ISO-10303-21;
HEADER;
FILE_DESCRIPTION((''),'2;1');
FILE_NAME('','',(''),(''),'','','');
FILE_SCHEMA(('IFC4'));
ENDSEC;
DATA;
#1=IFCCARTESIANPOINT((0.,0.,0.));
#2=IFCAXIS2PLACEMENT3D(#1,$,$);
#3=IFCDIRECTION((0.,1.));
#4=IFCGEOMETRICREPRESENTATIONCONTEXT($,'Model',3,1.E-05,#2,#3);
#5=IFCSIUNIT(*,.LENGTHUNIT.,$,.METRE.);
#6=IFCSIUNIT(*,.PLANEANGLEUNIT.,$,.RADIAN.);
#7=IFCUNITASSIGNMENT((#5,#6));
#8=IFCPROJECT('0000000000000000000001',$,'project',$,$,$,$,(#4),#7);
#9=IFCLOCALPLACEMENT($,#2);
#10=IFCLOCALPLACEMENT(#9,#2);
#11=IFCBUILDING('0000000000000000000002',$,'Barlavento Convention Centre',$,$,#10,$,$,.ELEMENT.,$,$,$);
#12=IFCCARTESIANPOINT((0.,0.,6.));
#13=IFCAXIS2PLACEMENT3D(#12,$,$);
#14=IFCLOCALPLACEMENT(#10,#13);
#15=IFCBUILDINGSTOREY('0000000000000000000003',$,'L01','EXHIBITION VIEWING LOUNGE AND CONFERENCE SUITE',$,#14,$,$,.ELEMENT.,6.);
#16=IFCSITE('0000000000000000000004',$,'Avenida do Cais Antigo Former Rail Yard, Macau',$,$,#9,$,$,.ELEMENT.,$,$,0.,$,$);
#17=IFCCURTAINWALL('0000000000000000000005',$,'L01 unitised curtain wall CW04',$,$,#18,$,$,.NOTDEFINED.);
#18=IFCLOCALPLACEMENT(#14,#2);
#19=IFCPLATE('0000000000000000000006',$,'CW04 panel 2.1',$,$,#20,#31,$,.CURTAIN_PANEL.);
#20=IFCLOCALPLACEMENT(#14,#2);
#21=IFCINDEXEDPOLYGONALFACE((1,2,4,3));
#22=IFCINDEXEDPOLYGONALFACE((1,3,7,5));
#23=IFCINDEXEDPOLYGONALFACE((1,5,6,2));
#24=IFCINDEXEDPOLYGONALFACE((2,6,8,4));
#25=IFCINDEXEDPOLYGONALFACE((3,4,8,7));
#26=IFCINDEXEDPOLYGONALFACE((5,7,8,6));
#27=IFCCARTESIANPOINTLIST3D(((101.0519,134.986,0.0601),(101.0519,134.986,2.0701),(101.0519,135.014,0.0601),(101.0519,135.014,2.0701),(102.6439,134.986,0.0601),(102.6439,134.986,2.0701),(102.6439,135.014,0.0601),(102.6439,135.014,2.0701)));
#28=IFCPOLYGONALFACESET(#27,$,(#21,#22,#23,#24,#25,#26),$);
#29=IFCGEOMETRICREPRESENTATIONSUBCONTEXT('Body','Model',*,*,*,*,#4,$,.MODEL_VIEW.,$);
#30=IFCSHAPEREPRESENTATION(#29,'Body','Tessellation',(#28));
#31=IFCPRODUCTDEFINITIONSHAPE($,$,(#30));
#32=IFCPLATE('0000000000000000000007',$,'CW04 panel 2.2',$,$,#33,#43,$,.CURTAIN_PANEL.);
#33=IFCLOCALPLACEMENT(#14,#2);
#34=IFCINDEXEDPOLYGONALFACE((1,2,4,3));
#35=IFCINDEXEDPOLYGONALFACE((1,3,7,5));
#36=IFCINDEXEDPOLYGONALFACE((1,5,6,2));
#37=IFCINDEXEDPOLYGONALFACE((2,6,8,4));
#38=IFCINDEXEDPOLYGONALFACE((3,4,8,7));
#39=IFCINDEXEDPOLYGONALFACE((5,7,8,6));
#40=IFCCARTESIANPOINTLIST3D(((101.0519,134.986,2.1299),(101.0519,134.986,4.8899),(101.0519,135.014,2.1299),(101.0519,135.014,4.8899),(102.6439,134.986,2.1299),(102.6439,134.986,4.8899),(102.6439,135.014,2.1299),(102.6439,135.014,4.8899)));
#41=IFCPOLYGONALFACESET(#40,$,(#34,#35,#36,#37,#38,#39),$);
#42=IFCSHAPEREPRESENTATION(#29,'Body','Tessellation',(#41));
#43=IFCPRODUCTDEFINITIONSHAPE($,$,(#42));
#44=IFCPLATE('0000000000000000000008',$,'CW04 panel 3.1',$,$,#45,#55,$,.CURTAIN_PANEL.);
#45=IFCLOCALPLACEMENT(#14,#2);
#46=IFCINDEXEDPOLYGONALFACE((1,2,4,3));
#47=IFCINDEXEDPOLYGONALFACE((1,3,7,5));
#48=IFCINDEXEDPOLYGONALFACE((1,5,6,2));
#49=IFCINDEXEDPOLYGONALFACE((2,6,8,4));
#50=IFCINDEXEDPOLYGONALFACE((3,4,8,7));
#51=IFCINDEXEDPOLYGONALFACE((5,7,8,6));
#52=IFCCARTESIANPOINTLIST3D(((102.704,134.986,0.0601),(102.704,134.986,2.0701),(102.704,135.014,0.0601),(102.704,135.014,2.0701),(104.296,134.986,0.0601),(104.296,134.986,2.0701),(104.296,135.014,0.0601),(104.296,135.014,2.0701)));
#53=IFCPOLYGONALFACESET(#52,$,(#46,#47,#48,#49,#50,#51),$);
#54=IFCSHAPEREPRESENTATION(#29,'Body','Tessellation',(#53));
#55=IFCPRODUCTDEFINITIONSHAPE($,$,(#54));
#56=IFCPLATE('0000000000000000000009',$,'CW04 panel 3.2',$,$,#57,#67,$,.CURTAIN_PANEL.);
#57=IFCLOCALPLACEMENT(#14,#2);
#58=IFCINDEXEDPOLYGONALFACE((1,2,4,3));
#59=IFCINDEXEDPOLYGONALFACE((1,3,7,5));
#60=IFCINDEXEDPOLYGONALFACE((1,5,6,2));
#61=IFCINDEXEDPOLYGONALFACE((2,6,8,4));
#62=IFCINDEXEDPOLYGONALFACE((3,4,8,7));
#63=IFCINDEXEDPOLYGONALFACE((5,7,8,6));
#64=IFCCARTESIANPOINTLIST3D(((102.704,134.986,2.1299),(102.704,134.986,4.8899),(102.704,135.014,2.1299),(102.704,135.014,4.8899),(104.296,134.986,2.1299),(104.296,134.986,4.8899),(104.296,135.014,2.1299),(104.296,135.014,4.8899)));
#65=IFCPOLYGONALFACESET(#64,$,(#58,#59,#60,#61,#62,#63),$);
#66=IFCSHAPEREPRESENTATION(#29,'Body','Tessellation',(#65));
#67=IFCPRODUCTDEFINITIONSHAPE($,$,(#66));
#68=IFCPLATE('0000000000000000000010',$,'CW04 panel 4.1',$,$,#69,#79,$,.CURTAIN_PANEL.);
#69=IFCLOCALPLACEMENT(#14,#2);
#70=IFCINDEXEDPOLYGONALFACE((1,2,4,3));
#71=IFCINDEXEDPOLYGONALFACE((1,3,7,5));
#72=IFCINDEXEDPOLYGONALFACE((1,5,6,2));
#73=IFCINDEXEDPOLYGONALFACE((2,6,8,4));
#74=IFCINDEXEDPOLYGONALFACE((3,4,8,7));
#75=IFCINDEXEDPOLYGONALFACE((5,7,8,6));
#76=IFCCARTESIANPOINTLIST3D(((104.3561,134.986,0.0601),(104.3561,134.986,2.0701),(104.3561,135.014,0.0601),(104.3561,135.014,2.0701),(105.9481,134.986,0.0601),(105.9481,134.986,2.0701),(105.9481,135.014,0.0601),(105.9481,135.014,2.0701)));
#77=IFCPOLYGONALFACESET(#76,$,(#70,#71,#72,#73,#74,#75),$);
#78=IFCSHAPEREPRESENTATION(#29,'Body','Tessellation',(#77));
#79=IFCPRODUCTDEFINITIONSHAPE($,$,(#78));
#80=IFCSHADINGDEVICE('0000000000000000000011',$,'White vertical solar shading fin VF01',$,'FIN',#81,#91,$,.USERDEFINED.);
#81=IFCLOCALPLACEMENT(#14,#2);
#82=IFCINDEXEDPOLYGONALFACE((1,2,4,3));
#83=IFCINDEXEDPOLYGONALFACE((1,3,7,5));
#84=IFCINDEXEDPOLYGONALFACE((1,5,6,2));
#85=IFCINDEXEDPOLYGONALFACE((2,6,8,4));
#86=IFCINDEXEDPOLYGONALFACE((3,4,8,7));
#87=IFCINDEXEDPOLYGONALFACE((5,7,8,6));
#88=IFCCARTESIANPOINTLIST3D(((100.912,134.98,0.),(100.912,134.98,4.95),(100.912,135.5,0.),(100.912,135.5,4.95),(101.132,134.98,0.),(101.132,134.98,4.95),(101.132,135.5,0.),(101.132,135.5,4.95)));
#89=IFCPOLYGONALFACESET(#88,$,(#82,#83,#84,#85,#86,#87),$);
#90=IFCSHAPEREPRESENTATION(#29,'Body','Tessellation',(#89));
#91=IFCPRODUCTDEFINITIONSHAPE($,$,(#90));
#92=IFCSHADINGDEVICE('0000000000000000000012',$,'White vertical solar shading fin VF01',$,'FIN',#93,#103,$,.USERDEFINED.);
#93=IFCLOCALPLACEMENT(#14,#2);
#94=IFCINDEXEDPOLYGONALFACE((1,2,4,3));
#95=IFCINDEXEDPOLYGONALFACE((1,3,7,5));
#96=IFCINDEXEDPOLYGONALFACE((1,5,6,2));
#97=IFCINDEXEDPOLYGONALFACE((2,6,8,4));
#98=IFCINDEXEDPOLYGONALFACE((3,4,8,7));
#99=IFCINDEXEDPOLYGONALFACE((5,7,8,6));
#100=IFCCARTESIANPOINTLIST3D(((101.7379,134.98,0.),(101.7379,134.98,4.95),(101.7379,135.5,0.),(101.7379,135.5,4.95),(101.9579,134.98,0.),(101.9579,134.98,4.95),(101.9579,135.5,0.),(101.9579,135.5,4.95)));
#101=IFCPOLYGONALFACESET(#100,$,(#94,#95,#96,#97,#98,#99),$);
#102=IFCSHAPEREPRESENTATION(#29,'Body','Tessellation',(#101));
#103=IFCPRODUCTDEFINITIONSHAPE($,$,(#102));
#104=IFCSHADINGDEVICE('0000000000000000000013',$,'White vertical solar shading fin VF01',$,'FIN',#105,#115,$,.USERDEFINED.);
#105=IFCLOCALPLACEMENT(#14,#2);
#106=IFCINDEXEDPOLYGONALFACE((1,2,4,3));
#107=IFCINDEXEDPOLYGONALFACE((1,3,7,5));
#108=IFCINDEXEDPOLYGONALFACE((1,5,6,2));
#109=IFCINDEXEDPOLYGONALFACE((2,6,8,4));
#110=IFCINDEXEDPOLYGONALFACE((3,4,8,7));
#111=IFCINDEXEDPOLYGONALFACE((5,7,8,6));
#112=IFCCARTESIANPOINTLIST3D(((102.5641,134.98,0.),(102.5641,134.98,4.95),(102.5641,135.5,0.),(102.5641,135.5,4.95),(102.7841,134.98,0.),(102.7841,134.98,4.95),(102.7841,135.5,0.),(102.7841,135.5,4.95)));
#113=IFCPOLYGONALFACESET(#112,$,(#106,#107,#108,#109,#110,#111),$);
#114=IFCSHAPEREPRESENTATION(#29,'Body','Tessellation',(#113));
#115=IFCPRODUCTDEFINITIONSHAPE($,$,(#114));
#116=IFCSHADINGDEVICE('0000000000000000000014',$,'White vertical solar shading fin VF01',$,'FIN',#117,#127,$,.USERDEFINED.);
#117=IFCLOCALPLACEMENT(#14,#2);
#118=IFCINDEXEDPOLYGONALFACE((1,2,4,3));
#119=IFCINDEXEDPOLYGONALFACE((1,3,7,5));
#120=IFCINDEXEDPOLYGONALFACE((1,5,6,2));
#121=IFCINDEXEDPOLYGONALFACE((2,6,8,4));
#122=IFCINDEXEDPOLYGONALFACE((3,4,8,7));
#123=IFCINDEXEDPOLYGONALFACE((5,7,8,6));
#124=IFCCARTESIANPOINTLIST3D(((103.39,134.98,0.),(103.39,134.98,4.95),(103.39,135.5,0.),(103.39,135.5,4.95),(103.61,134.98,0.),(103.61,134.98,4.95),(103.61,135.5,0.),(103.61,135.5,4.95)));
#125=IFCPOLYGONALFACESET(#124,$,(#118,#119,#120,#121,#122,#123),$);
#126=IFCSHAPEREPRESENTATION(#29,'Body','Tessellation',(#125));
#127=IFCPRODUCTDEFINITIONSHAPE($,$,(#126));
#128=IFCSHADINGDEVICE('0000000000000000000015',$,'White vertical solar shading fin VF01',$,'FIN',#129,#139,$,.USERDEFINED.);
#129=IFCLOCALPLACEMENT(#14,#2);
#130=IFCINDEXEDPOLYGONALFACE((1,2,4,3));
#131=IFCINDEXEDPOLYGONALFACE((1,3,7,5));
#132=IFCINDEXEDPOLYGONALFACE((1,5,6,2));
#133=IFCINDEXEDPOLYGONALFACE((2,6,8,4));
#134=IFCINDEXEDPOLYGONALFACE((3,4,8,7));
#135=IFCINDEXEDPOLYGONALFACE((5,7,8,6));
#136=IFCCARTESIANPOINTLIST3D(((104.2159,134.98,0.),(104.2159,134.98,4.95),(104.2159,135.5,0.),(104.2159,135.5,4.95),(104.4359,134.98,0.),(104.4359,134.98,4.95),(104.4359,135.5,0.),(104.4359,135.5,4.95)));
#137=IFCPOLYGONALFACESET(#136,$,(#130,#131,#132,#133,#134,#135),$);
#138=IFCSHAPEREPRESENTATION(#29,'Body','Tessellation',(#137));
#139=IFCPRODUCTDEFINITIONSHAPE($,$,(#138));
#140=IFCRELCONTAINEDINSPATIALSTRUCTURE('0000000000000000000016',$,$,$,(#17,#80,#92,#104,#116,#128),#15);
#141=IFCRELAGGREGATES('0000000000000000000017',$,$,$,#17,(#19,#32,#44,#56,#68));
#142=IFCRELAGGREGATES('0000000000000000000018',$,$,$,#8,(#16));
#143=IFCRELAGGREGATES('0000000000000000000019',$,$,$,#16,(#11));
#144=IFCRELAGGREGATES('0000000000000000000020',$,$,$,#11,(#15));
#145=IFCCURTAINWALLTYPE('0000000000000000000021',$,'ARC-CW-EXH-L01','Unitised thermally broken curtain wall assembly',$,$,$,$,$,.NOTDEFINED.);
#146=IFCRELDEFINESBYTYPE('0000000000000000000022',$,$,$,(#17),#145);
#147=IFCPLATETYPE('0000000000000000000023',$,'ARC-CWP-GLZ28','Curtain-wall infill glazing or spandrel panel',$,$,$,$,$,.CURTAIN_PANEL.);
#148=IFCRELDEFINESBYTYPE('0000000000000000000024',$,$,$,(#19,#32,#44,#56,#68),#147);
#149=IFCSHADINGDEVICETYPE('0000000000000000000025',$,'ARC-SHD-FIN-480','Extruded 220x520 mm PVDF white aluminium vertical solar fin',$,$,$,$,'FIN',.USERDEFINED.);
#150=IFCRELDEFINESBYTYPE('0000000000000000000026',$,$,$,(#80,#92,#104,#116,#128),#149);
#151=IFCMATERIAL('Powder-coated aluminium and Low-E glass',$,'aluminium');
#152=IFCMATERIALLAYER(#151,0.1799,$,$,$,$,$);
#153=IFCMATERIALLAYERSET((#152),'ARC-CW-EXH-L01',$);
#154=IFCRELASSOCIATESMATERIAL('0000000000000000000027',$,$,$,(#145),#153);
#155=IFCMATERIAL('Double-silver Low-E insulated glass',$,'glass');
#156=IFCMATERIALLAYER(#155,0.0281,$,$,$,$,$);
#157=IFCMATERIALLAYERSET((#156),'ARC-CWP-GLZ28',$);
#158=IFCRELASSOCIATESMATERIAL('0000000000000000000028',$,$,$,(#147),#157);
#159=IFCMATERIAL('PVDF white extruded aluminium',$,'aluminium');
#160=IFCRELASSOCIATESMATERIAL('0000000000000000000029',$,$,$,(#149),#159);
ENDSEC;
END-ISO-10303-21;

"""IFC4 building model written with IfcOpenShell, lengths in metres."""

from ifc_helpers import new_model, si_unit, direction, frame, origin, origin_2d, place, context, subcontext, project, spatial, rectangle, extrude, material, layer, layer_set, type_object, element, aggregate, save


model = new_model("IFC4")

# Units and contexts
model_context = context("Model", 3, precision=1e-05, world=origin(), true_north=direction((0.0, 1.0)))
body_context = subcontext(model_context, "Body", "Model", "MODEL_VIEW")
ifc_project = project(units=[si_unit("LENGTHUNIT", "METRE"), si_unit("PLANEANGLEUNIT", "RADIAN")], contexts=[model_context])

# Site, building, storey
site_placement = place(None, origin())
site = spatial("IfcSite", under=ifc_project, at=site_placement, Name="Avenida do Cais Antigo Former Rail Yard, Macau", CompositionType="ELEMENT", RefElevation=0.0)
building_placement = place(site_placement, origin())
building = spatial("IfcBuilding", under=site, at=building_placement, Name="Barlavento Convention Centre", CompositionType="ELEMENT")
storey_placement = place(building_placement, frame((0.0, 0.0, 6.0)))
storey = spatial("IfcBuildingStorey", under=building, at=storey_placement, Name="L01", Description="EXHIBITION VIEWING LOUNGE AND CONFERENCE SUITE", CompositionType="ELEMENT", Elevation=6.0)

# Curtain wall, plates
ifc_material_1 = material(Name="Powder-coated aluminium and Low-E glass", Category="aluminium")
ifc_layer_1 = layer(ifc_material_1, 0.1799)
ifc_layer_set_1 = layer_set([ifc_layer_1], Name="ARC-CW-EXH-L01")
curtain_wall_type = type_object("IfcCurtainWallType", Name="ARC-CW-EXH-L01", Description="Unitised thermally broken curtain wall assembly", PredefinedType="NOTDEFINED", material=ifc_layer_set_1)
curtain_wall_placement = place(storey_placement, origin())
curtain_wall = element("IfcCurtainWall", 1, at=curtain_wall_placement, inside=storey, type_object=curtain_wall_type, Name="L01 unitised curtain wall CW04", PredefinedType="NOTDEFINED")
ifc_material_2 = material(Name="Double-silver Low-E insulated glass", Category="glass")
ifc_layer_2 = layer(ifc_material_2, 0.0281)
ifc_layer_set_2 = layer_set([ifc_layer_2], Name="ARC-CWP-GLZ28")
plate_type = type_object("IfcPlateType", Name="ARC-CWP-GLZ28", Description="Curtain-wall infill glazing or spandrel panel", PredefinedType="CURTAIN_PANEL", material=ifc_layer_set_2)
plate_1_placement = place(storey_placement, frame((101.8479, 135.0, 0.0601), z_axis=(0.0, 0.0, 1.0), x_axis=(1.0, 0.0, 0.0)))
plate_1 = element("IfcPlate", 2, at=plate_1_placement, type_object=plate_type, Name="CW04 panel 2.1", PredefinedType="CURTAIN_PANEL", context=body_context, shape_type="SweptSolid", body=[
    extrude(rectangle(XDim=1.592, YDim=0.0281, at=origin_2d()), origin(), (0.0, 0.0, 1.0), 2.01),
])
plate_2_placement = place(storey_placement, frame((101.8479, 135.0, 2.1299), z_axis=(0.0, 0.0, 1.0), x_axis=(1.0, 0.0, 0.0)))
plate_2 = element("IfcPlate", 3, at=plate_2_placement, type_object=plate_type, Name="CW04 panel 2.2", PredefinedType="CURTAIN_PANEL", context=body_context, shape_type="SweptSolid", body=[
    extrude(rectangle(XDim=1.592, YDim=0.0281, at=origin_2d()), origin(), (0.0, 0.0, 1.0), 2.76),
])
plate_3_placement = place(storey_placement, frame((103.5, 135.0, 0.0601), z_axis=(0.0, 0.0, 1.0), x_axis=(1.0, 0.0, 0.0)))
plate_3 = element("IfcPlate", 4, at=plate_3_placement, type_object=plate_type, Name="CW04 panel 3.1", PredefinedType="CURTAIN_PANEL", context=body_context, shape_type="SweptSolid", body=[
    extrude(rectangle(XDim=1.592, YDim=0.0281, at=origin_2d()), origin(), (0.0, 0.0, 1.0), 2.01),
])
plate_4_placement = place(storey_placement, frame((103.5, 135.0, 2.1299), z_axis=(0.0, 0.0, 1.0), x_axis=(1.0, 0.0, 0.0)))
plate_4 = element("IfcPlate", 5, at=plate_4_placement, type_object=plate_type, Name="CW04 panel 3.2", PredefinedType="CURTAIN_PANEL", context=body_context, shape_type="SweptSolid", body=[
    extrude(rectangle(XDim=1.592, YDim=0.0281, at=origin_2d()), origin(), (0.0, 0.0, 1.0), 2.76),
])
plate_5_placement = place(storey_placement, frame((105.1521, 135.0, 0.0601), z_axis=(0.0, 0.0, 1.0), x_axis=(1.0, 0.0, 0.0)))
plate_5 = element("IfcPlate", 6, at=plate_5_placement, type_object=plate_type, Name="CW04 panel 4.1", PredefinedType="CURTAIN_PANEL", context=body_context, shape_type="SweptSolid", body=[
    extrude(rectangle(XDim=1.592, YDim=0.0281, at=origin_2d()), origin(), (0.0, 0.0, 1.0), 2.01),
])
aggregate(curtain_wall, [plate_1, plate_2, plate_3, plate_4, plate_5])

# Shading devices
ifc_material_3 = material(Name="PVDF white extruded aluminium", Category="aluminium")
shading_device_type = type_object("IfcShadingDeviceType", Name="ARC-SHD-FIN-480", Description="Extruded 220x520 mm PVDF white aluminium vertical solar fin", ElementType="FIN", PredefinedType="USERDEFINED", material=ifc_material_3)
for number, where, z_axis, x_axis, name in (
    (7, (101.022, 135.24, 0.0), (0.0, 0.0, 1.0), (1.0, 0.0, 0.0), "White vertical solar shading fin VF01"),
    (8, (101.8479, 135.24, 0.0), (0.0, 0.0, 1.0), (1.0, 0.0, 0.0), "White vertical solar shading fin VF01"),
    (9, (102.6741, 135.24, 0.0), (0.0, 0.0, 1.0), (1.0, 0.0, 0.0), "White vertical solar shading fin VF01"),
    (10, (103.5, 135.24, 0.0), (0.0, 0.0, 1.0), (1.0, 0.0, 0.0), "White vertical solar shading fin VF01"),
    (11, (104.3259, 135.24, 0.0), (0.0, 0.0, 1.0), (1.0, 0.0, 0.0), "White vertical solar shading fin VF01"),
):
    element("IfcShadingDevice", number, at=place(storey_placement, frame(where, z_axis=z_axis, x_axis=x_axis)), inside=storey, type_object=shading_device_type, Name=name, ObjectType="FIN", PredefinedType="USERDEFINED", context=body_context, shape_type="SweptSolid", body=[
        extrude(rectangle(XDim=0.22, YDim=0.52, at=origin_2d()), origin(), (0.0, 0.0, 1.0), 4.95),
    ])

save(model, "model.ifc")
